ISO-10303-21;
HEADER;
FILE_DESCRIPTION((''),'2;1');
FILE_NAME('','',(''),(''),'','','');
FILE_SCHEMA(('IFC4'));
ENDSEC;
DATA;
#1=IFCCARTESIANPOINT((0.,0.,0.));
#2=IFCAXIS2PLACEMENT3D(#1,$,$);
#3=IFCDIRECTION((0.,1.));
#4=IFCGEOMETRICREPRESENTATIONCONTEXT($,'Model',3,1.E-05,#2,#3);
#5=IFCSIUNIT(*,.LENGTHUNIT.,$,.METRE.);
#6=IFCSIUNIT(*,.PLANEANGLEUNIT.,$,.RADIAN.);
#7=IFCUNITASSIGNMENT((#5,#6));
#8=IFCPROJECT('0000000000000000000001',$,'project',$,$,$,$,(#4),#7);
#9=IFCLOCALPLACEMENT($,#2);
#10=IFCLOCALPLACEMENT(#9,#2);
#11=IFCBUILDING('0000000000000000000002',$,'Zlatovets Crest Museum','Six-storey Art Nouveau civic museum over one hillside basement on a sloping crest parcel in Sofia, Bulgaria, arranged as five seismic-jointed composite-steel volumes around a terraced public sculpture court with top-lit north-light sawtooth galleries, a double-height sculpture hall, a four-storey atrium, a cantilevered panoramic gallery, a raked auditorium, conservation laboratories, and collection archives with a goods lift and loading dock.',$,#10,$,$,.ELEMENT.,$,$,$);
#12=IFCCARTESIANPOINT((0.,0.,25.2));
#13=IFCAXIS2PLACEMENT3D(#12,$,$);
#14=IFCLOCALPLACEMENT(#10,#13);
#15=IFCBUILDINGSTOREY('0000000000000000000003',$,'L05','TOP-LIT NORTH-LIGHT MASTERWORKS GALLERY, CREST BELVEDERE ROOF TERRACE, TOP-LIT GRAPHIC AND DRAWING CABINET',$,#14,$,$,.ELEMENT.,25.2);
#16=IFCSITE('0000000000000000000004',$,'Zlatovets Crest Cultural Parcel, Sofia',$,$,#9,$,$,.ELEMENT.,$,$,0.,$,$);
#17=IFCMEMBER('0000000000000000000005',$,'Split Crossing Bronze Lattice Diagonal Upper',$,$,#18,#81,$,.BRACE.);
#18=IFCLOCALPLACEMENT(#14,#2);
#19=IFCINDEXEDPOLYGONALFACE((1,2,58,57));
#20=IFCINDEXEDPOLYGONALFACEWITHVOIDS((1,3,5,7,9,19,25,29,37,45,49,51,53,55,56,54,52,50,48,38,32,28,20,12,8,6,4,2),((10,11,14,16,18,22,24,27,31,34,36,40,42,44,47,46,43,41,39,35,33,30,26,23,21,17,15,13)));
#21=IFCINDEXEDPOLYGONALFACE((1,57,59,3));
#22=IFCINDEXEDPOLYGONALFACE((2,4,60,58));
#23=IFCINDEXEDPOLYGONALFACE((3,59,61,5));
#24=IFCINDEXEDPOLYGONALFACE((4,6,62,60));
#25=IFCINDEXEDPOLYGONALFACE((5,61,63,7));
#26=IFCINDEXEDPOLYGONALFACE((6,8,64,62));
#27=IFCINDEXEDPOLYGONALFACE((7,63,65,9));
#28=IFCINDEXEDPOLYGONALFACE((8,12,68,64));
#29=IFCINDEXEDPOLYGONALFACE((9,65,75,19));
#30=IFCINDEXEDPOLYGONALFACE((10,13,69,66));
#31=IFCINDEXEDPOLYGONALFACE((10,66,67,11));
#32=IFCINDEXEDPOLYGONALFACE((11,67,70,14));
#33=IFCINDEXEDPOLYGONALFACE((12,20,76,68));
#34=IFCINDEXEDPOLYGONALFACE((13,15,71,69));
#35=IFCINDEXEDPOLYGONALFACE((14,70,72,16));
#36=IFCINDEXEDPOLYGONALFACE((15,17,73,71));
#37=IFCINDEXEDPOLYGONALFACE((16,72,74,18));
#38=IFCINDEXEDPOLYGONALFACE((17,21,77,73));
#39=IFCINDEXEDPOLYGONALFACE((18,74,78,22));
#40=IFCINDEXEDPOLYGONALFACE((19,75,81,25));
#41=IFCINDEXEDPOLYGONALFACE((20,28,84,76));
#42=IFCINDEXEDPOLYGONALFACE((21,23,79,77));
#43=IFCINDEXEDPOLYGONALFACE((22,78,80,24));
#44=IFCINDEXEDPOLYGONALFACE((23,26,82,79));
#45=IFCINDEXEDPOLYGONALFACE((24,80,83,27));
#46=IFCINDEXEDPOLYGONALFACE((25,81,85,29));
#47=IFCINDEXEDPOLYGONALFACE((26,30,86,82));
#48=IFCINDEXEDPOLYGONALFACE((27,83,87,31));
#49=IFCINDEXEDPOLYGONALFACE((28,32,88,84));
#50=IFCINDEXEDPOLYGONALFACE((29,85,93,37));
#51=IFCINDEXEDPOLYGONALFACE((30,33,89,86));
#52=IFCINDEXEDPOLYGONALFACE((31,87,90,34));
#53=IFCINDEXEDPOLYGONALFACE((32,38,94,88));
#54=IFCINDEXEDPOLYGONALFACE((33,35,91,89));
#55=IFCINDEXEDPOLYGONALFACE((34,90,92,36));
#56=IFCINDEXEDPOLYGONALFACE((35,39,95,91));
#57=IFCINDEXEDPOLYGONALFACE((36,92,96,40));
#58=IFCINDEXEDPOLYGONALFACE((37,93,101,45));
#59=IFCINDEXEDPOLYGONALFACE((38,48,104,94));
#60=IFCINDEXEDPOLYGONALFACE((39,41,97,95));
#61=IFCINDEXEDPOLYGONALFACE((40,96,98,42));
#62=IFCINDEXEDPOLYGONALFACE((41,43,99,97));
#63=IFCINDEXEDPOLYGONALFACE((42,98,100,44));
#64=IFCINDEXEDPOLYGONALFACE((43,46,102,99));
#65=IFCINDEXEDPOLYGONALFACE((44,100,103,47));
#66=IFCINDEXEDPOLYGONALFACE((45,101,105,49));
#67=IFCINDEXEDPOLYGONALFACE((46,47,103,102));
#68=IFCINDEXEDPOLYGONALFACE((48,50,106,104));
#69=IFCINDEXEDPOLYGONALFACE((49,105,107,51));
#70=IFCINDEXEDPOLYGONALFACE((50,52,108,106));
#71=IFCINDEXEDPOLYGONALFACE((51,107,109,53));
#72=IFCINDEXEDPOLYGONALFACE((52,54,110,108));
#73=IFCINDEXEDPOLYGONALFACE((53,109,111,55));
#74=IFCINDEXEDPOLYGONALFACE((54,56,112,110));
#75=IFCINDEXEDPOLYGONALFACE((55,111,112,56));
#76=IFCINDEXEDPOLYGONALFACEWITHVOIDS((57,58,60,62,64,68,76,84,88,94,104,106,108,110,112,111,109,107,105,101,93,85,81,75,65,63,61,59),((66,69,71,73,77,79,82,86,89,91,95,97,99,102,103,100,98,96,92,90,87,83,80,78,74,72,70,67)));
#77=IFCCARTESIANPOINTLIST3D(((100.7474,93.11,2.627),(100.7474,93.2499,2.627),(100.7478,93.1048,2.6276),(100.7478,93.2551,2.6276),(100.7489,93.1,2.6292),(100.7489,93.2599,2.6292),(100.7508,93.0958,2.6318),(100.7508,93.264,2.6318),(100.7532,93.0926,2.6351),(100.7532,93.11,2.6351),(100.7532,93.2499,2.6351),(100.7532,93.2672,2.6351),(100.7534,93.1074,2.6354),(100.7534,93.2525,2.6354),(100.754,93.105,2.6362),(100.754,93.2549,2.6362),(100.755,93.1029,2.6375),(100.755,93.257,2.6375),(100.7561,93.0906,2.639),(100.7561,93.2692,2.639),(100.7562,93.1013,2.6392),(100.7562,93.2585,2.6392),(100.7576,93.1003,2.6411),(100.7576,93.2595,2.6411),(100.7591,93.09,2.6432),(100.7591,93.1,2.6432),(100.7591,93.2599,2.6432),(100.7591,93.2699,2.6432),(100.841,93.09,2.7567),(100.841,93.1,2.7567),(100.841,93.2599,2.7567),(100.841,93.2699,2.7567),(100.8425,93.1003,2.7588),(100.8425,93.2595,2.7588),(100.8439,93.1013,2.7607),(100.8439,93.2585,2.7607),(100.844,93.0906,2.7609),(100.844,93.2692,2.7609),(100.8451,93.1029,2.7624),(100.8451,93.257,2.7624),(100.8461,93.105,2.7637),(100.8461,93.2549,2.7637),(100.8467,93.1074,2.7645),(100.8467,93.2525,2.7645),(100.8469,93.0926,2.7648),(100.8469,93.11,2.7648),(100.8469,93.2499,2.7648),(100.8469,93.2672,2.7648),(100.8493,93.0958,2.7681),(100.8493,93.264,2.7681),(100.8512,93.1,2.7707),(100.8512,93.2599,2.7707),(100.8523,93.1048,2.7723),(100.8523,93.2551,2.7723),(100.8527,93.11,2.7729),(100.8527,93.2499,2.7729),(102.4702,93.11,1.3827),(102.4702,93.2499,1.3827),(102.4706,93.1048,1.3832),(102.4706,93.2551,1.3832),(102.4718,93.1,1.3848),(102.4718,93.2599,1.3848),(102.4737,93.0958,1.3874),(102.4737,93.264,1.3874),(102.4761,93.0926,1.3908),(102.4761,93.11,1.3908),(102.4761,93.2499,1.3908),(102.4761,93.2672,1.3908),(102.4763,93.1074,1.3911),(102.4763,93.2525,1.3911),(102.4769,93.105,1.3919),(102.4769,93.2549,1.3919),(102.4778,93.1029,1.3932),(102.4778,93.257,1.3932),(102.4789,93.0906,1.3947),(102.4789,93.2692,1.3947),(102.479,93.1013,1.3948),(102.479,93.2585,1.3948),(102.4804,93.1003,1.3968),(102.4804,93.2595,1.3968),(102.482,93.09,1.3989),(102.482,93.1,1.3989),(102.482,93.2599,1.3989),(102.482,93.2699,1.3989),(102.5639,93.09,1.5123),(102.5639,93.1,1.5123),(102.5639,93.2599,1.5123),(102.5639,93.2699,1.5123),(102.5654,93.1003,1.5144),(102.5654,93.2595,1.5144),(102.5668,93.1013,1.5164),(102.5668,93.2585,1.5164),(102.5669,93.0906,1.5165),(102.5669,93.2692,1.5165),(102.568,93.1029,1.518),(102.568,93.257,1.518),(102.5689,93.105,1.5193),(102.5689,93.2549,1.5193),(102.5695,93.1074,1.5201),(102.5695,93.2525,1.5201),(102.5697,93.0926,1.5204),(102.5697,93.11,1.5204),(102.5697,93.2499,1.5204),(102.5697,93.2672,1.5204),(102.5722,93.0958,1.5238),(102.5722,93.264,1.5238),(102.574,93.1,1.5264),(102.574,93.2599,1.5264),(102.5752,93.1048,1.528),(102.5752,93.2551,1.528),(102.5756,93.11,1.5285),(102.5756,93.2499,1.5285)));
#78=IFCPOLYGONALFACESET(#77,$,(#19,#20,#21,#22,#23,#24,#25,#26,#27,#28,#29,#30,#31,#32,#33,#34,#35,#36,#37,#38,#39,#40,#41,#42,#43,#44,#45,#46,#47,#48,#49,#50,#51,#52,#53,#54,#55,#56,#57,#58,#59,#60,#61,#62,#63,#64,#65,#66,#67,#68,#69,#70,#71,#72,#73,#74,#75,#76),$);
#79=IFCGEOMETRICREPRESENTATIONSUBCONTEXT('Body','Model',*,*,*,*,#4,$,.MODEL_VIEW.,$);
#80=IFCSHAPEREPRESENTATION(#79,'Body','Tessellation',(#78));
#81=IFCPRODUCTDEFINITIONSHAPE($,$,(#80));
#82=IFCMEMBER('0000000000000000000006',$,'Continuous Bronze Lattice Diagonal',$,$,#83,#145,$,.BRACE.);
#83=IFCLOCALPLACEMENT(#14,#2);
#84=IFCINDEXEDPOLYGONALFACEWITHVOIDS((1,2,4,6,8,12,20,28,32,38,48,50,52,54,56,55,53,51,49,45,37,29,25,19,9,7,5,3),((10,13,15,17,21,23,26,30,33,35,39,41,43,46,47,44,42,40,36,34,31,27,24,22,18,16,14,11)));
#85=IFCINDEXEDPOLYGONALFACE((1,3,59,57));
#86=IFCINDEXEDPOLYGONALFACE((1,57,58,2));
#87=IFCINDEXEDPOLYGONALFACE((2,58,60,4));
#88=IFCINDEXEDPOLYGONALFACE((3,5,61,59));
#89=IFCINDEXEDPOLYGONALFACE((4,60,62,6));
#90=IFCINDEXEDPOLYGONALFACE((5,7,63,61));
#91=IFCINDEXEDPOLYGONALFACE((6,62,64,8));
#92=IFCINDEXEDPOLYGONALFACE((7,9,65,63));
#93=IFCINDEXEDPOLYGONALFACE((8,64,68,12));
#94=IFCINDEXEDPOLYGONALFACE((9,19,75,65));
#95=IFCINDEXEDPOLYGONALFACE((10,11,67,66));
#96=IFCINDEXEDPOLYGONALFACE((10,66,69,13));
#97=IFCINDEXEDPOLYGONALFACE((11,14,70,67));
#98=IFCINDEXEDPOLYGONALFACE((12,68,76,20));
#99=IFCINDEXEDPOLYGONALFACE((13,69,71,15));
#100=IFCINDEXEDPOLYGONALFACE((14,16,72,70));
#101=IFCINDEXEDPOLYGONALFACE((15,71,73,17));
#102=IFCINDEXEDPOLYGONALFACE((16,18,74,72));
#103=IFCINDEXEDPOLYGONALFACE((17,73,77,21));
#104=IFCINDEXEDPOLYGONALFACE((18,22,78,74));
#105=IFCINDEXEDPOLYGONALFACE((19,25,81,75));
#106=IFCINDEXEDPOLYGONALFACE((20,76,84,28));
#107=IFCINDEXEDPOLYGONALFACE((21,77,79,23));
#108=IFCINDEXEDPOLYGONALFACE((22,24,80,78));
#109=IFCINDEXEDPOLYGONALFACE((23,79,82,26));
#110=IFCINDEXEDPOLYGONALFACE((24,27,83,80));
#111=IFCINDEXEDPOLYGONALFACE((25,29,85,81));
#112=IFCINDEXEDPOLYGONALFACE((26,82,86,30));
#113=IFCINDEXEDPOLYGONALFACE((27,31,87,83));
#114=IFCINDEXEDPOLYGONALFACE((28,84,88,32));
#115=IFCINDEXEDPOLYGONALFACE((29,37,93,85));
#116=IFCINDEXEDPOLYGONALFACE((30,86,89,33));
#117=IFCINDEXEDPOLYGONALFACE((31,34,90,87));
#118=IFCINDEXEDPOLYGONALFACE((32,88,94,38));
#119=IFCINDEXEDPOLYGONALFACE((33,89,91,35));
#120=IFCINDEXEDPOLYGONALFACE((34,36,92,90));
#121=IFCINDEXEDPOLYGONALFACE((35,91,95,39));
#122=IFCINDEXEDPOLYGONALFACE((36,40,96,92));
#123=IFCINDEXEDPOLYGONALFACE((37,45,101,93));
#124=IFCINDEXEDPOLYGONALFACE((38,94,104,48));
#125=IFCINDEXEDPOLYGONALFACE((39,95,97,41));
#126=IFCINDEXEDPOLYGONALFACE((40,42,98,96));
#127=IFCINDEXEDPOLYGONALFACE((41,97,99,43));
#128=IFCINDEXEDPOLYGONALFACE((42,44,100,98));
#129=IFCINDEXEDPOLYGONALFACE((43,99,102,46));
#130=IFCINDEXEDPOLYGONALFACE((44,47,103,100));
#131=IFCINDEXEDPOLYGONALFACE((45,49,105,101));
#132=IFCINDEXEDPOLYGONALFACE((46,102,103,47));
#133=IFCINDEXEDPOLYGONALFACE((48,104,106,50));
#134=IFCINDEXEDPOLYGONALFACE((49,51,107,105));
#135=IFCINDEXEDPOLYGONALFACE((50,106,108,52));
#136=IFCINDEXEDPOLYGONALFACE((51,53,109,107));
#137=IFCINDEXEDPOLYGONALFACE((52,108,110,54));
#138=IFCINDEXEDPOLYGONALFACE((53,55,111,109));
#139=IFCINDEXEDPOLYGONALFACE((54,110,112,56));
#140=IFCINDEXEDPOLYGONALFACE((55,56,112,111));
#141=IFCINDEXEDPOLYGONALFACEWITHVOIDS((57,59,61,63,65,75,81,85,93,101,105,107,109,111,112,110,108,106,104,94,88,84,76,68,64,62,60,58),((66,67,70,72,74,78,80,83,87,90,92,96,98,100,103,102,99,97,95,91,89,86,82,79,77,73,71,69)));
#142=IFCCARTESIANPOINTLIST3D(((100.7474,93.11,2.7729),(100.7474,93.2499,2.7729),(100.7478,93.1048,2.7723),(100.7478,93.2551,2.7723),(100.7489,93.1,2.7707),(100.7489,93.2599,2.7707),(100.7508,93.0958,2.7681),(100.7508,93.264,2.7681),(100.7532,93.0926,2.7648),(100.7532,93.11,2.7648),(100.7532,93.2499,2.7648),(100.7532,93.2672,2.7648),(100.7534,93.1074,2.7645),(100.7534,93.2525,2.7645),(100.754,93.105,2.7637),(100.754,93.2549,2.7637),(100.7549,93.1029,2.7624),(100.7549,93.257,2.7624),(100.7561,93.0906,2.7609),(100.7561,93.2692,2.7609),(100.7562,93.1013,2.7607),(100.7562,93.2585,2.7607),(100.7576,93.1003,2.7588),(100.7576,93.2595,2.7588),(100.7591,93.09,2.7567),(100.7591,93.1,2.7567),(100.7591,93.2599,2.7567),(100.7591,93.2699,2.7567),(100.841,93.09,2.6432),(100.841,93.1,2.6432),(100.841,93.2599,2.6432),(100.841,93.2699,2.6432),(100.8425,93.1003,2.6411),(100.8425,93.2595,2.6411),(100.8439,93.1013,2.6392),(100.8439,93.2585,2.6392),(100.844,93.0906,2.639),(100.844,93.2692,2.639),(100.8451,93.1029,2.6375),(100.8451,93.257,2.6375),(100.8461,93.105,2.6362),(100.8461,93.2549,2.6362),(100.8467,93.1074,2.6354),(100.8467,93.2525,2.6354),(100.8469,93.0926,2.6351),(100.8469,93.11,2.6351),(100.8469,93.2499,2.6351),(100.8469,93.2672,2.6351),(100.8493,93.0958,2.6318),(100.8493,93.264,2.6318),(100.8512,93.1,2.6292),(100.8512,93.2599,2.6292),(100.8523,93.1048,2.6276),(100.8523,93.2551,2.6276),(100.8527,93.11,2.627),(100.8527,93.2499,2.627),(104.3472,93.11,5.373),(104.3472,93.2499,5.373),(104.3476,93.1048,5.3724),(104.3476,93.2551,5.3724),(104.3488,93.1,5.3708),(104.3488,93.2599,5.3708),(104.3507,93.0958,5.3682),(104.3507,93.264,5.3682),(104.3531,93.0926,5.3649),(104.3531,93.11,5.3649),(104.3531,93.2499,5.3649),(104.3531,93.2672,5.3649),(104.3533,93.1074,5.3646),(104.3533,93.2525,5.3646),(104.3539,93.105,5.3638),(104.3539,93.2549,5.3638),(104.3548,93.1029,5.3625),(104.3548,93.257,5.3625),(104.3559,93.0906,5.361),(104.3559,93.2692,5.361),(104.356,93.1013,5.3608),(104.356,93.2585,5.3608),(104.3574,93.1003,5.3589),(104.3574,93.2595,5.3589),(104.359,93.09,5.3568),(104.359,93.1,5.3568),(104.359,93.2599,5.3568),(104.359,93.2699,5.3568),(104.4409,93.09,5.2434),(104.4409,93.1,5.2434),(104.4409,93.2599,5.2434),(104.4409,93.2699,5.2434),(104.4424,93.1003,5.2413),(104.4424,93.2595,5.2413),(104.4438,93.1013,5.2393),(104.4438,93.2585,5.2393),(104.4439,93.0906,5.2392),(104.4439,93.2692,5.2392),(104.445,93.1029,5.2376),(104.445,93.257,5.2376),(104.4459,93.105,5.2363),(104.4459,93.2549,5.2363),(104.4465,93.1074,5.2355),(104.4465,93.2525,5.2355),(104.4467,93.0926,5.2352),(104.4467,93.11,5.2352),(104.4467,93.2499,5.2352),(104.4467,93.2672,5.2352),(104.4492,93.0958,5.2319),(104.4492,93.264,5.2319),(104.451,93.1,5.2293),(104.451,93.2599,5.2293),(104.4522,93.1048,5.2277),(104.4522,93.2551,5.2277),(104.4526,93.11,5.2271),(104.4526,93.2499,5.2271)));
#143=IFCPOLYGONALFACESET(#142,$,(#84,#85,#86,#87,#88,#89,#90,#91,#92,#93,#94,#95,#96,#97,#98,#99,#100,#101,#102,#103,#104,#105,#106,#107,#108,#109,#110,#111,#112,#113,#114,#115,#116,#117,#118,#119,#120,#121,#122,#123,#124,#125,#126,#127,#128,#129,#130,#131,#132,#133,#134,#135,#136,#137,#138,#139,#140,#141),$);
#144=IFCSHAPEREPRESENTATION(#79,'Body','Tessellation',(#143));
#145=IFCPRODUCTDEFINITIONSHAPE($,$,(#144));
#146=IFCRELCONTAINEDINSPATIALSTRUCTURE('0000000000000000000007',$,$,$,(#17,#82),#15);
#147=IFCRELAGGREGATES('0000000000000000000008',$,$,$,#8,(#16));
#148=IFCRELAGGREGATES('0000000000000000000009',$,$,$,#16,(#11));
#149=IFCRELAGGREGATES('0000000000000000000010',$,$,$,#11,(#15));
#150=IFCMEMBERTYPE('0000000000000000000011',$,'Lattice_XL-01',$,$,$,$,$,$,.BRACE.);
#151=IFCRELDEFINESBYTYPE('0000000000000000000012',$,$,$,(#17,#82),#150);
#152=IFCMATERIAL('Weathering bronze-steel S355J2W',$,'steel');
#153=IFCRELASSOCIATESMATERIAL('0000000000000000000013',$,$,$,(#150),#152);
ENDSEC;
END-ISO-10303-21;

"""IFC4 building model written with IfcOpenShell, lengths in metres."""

from ifc_helpers import new_model, si_unit, direction, frame, origin, origin_2d, place, context, subcontext, project, spatial, hollow_rectangle, extrude, material, material_profile, profile_set, type_object, element, save


model = new_model("IFC4")

# Units and contexts
model_context = context("Model", 3, precision=1e-05, world=origin(), true_north=direction((0.0, 1.0)))
body_context = subcontext(model_context, "Body", "Model", "MODEL_VIEW")
ifc_project = project(units=[si_unit("LENGTHUNIT", "METRE"), si_unit("PLANEANGLEUNIT", "RADIAN")], contexts=[model_context])

# Site, building, storey
site_placement = place(None, origin())
site = spatial("IfcSite", under=ifc_project, at=site_placement, Name="Zlatovets Crest Cultural Parcel, Sofia", CompositionType="ELEMENT", RefElevation=0.0)
building_placement = place(site_placement, origin())
building = spatial("IfcBuilding", under=site, at=building_placement, Name="Zlatovets Crest Museum", Description="Six-storey Art Nouveau civic museum over one hillside basement on a sloping crest parcel in Sofia, Bulgaria, arranged as five seismic-jointed composite-steel volumes around a terraced public sculpture court with top-lit north-light sawtooth galleries, a double-height sculpture hall, a four-storey atrium, a cantilevered panoramic gallery, a raked auditorium, conservation laboratories, and collection archives with a goods lift and loading dock.", CompositionType="ELEMENT")
storey_placement = place(building_placement, frame((0.0, 0.0, 25.2)))
storey = spatial("IfcBuildingStorey", under=building, at=storey_placement, Name="L05", Description="TOP-LIT NORTH-LIGHT MASTERWORKS GALLERY, CREST BELVEDERE ROOF TERRACE, TOP-LIT GRAPHIC AND DRAWING CABINET", CompositionType="ELEMENT", Elevation=25.2)

# Members
ifc_material_1 = material(Name="Weathering bronze-steel S355J2W", Category="steel")
ifc_material_profile_1 = material_profile(ifc_material_1, hollow_rectangle(XDim=0.1799, YDim=0.1799, WallThickness=0.01, InnerFilletRadius=0.01, OuterFilletRadius=0.02, at=origin_2d()), Name="SHS 180x180x10.0")
ifc_profile_set_1 = profile_set([ifc_material_profile_1], Name="Weathering bronze-steel S355J2W")
member_type = type_object("IfcMemberType", Name="Lattice_XL-01", PredefinedType="BRACE", material=ifc_profile_set_1)
member_1_placement = place(storey_placement, frame((100.8, 93.1799, 2.7), z_axis=(0.810664, 0.0, -0.585512), x_axis=(0.0, 1.0, 0.0)))
element("IfcMember", 1, at=member_1_placement, inside=storey, type_object=member_type, Name="Split Crossing Bronze Lattice Diagonal Upper", PredefinedType="BRACE", context=body_context, shape_type="SweptSolid", body=[
    extrude(hollow_rectangle(XDim=0.1799, YDim=0.1799, WallThickness=0.01, InnerFilletRadius=0.01, OuterFilletRadius=0.02, at=origin_2d()), origin(), (0.0, 0.0, 1.0), 2.1252),
])
member_2_placement = place(storey_placement, frame((100.8, 93.1799, 2.7), z_axis=(0.810657, 0.0, 0.585521), x_axis=(0.0, 1.0, 0.0)))
element("IfcMember", 2, at=member_2_placement, inside=storey, type_object=member_type, Name="Continuous Bronze Lattice Diagonal", PredefinedType="BRACE", context=body_context, shape_type="SweptSolid", body=[
    extrude(hollow_rectangle(XDim=0.1799, YDim=0.1799, WallThickness=0.01, InnerFilletRadius=0.01, OuterFilletRadius=0.02, at=origin_2d()), origin(), (0.0, 0.0, 1.0), 4.4407),
])

save(model, "model.ifc")
